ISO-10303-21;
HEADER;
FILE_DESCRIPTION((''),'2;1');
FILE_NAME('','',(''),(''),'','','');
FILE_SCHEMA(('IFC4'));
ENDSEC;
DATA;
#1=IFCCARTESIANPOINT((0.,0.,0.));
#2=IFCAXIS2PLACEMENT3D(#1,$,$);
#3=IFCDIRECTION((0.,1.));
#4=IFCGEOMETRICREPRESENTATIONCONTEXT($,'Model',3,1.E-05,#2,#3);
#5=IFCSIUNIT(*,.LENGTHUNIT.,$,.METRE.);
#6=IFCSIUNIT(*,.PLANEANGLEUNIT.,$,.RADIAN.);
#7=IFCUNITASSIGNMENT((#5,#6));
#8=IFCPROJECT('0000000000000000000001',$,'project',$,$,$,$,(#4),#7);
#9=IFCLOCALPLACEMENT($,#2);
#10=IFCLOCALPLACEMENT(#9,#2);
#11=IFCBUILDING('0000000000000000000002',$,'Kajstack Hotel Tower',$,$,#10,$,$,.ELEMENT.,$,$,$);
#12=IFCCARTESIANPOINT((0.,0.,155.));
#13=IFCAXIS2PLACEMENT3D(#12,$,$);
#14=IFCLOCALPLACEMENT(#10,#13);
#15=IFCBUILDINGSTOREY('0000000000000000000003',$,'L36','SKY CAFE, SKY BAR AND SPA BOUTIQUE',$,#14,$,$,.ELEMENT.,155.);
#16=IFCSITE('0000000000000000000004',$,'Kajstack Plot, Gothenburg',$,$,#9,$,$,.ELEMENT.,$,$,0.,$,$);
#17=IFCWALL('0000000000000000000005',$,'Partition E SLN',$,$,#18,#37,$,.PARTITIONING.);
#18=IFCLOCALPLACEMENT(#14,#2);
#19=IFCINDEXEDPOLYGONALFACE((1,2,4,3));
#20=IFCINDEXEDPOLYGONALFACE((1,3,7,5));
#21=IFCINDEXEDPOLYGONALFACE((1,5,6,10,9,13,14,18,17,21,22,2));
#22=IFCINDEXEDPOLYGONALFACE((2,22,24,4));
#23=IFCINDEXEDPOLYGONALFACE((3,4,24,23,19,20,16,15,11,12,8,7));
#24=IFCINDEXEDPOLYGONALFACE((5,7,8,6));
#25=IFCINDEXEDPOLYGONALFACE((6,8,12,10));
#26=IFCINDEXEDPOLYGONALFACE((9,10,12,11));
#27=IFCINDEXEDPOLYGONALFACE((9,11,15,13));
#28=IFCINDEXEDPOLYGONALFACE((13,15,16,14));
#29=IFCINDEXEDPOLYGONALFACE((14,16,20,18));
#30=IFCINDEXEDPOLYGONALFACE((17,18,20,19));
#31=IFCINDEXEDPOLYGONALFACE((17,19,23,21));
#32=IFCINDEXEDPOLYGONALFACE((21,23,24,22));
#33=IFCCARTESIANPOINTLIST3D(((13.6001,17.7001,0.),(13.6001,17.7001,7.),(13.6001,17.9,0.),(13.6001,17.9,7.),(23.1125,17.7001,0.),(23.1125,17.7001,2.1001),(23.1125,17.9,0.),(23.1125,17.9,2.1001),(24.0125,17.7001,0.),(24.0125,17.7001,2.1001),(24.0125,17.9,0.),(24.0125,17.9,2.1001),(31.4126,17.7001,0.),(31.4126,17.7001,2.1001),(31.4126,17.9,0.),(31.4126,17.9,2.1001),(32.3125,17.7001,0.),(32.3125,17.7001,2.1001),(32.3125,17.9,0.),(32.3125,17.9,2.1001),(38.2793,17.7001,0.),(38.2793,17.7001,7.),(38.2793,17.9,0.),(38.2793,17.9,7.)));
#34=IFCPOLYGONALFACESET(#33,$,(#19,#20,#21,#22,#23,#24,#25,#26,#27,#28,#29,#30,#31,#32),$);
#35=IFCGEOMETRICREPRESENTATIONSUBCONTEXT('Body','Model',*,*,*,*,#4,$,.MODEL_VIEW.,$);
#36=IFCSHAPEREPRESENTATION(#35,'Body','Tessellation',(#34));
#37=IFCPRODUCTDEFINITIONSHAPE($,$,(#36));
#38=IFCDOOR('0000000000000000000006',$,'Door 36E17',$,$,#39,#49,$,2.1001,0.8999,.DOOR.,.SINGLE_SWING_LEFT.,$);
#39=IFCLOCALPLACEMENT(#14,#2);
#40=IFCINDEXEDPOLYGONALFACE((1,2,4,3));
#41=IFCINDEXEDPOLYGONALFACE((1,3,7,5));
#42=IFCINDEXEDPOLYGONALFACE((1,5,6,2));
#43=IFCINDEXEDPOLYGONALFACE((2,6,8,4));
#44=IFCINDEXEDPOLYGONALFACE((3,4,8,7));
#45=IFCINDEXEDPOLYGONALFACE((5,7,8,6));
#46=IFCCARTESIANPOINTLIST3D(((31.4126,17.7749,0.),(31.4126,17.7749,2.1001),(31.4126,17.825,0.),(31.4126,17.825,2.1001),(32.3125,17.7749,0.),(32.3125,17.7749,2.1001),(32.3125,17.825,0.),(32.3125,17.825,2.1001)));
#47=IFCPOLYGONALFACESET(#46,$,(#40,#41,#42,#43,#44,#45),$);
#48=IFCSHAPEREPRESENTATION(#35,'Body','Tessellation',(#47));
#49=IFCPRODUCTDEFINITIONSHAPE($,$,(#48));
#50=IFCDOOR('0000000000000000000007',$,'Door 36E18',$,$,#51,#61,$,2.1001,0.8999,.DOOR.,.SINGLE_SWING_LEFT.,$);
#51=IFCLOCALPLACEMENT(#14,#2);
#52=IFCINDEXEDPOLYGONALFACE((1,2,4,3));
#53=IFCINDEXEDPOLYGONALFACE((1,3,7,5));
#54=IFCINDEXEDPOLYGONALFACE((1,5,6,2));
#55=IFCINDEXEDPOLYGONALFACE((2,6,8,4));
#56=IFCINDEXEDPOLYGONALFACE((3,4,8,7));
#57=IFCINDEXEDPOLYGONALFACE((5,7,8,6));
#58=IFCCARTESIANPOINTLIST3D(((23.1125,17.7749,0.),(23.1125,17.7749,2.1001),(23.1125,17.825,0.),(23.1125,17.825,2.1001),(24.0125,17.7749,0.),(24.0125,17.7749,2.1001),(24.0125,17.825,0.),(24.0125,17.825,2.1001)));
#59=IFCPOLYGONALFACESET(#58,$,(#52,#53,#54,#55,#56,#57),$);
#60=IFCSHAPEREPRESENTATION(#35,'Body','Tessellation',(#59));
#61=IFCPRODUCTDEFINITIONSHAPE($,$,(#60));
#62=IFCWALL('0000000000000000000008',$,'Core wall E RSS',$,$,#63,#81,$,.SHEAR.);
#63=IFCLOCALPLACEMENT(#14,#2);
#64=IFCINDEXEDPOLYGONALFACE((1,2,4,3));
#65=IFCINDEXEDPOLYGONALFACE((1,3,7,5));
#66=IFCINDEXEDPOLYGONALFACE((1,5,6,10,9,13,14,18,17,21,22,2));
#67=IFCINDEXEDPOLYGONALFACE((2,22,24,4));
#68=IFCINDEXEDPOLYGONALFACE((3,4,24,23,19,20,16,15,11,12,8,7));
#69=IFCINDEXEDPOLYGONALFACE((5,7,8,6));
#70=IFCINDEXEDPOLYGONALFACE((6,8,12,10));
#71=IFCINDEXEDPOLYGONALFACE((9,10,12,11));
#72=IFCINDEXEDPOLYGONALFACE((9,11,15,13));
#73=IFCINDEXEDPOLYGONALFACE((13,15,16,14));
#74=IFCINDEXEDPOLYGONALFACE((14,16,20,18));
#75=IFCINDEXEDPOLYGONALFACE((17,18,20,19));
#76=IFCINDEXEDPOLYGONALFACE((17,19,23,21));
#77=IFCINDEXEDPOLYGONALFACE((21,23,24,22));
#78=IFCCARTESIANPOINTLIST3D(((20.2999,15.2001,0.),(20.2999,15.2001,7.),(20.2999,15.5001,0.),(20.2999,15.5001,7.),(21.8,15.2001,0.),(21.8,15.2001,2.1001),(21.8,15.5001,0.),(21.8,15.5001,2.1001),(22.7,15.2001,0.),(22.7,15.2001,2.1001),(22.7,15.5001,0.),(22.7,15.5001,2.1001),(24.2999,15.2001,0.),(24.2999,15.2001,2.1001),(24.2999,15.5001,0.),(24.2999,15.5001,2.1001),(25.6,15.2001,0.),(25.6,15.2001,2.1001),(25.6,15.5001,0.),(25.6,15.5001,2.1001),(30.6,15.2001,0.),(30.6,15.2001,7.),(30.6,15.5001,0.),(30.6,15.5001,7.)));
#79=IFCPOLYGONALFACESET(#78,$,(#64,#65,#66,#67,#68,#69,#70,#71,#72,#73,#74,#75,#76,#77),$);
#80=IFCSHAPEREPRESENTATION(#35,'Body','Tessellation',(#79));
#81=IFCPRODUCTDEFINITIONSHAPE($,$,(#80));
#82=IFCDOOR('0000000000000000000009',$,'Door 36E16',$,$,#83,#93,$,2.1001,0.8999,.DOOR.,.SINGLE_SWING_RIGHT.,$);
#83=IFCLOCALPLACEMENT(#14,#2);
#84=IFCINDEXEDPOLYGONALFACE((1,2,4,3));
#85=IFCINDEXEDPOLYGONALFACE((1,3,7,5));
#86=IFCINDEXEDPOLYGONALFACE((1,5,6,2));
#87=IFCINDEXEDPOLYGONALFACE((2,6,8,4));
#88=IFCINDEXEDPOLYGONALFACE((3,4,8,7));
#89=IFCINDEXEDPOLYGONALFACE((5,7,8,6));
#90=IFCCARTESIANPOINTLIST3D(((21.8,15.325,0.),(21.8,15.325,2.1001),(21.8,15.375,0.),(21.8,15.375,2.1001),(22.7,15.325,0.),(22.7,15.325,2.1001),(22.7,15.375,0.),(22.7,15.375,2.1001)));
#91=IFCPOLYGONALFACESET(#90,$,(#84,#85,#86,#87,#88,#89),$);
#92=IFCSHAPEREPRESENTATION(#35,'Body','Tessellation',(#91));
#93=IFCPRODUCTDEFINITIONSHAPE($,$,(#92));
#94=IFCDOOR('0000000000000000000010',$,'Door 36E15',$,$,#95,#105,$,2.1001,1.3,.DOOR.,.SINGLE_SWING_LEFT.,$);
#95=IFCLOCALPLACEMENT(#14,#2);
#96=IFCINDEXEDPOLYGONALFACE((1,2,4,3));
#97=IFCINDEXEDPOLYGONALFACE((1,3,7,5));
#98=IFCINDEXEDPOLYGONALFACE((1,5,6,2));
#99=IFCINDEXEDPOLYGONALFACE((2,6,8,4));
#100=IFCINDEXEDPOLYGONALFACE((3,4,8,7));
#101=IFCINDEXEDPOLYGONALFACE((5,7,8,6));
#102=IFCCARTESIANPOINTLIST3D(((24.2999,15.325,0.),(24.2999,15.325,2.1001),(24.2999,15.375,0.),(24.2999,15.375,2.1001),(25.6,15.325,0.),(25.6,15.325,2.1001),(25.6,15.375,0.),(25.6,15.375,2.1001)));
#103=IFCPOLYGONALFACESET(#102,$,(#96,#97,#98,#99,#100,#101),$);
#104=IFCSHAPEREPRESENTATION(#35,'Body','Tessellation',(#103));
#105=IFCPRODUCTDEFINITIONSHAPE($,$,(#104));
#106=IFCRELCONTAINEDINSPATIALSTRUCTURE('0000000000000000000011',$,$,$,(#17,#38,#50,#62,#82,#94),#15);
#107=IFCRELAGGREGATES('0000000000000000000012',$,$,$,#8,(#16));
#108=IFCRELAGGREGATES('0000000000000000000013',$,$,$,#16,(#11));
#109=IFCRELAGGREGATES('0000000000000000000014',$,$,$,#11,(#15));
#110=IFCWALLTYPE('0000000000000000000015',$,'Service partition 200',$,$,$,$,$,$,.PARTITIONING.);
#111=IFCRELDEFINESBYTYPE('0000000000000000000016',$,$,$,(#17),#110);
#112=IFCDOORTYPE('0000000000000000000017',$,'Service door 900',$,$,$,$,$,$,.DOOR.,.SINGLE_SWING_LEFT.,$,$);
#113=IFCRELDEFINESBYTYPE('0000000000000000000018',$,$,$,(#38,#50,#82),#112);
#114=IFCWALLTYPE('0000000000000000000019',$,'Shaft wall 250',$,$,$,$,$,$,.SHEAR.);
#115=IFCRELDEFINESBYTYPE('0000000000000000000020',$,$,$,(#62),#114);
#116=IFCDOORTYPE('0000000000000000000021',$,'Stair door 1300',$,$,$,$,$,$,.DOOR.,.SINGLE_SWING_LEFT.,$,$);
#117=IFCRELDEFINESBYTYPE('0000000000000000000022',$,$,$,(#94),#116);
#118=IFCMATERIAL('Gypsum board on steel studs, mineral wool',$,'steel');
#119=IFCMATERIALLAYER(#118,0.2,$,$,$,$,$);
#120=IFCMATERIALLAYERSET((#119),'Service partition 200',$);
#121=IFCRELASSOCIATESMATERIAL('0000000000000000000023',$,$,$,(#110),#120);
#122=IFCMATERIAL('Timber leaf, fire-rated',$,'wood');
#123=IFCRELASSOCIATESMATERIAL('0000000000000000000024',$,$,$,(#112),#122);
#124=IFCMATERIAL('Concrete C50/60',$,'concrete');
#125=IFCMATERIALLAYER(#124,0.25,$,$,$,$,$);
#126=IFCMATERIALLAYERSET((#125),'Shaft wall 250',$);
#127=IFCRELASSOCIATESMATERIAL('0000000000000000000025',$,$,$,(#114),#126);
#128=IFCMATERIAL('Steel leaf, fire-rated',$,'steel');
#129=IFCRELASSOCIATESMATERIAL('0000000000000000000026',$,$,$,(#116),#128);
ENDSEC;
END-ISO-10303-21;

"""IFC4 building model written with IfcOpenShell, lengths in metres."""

from ifc_helpers import new_model, si_unit, direction, frame, frame_2d, origin, place, context, subcontext, project, spatial, rectangle, extrude, material, layer, layer_set, type_object, element, fill, save


model = new_model("IFC4")

# Units and contexts
model_context = context("Model", 3, precision=1e-05, world=origin(), true_north=direction((0.0, 1.0)))
body_context = subcontext(model_context, "Body", "Model", "MODEL_VIEW")
ifc_project = project(units=[si_unit("LENGTHUNIT", "METRE"), si_unit("PLANEANGLEUNIT", "RADIAN")], contexts=[model_context])

# Site, building, storey
site_placement = place(None, origin())
site = spatial("IfcSite", under=ifc_project, at=site_placement, Name="Kajstack Plot, Gothenburg", CompositionType="ELEMENT", RefElevation=0.0)
building_placement = place(site_placement, origin())
building = spatial("IfcBuilding", under=site, at=building_placement, Name="Kajstack Hotel Tower", CompositionType="ELEMENT")
storey_placement = place(building_placement, frame((0.0, 0.0, 155.0)))
storey = spatial("IfcBuildingStorey", under=building, at=storey_placement, Name="L36", Description="SKY CAFE, SKY BAR AND SPA BOUTIQUE", CompositionType="ELEMENT", Elevation=155.0)

# Shared definitions
ifc_material_1 = material(Name="Concrete C50/60", Category="concrete")

# Shared definitions
ifc_material_2 = material(Name="Gypsum board on steel studs, mineral wool", Category="steel")
ifc_layer_1 = layer(ifc_material_2, 0.2)
ifc_layer_set_1 = layer_set([ifc_layer_1], Name="Service partition 200")
wall_type_1 = type_object("IfcWallType", Name="Service partition 200", PredefinedType="PARTITIONING", material=ifc_layer_set_1)

# Walls, openings, doors
wall_1_placement = place(storey_placement, frame((13.6001, 17.8, 0.0), z_axis=(0.0, 0.0, 1.0), x_axis=(1.0, 0.0, 0.0)))
wall_1 = element("IfcWall", 1, at=wall_1_placement, inside=storey, type_object=wall_type_1, Name="Partition E SLN", PredefinedType="PARTITIONING", context=body_context, shape_type="SweptSolid", body=[
    extrude(rectangle(XDim=24.6792, YDim=0.2, at=frame_2d((12.3396, 0.0))), origin(), (0.0, 0.0, 1.0), 7.0),
])
opening_1_placement = place(wall_1_placement, frame((17.8125, 0.0, 0.0)))
opening_1 = element("IfcOpeningElement", 2, at=opening_1_placement, cuts=wall_1, PredefinedType="OPENING", context=body_context, shape_type="SweptSolid", body=[
    extrude(rectangle(XDim=0.8999, YDim=2.1001, at=frame_2d((0.45, 1.05))), frame((0.0, 0.1099, 0.0), z_axis=(0.0, -1.0, 0.0), x_axis=(1.0, 0.0, 0.0)), (0.0, 0.0, 1.0), 0.22),
])
opening_2_placement = place(wall_1_placement, frame((9.5125, 0.0, 0.0)))
opening_2 = element("IfcOpeningElement", 3, at=opening_2_placement, cuts=wall_1, PredefinedType="OPENING", context=body_context, shape_type="SweptSolid", body=[
    extrude(rectangle(XDim=0.8999, YDim=2.1001, at=frame_2d((0.45, 1.05))), frame((0.0, 0.1099, 0.0), z_axis=(0.0, -1.0, 0.0), x_axis=(1.0, 0.0, 0.0)), (0.0, 0.0, 1.0), 0.22),
])
ifc_material_3 = material(Name="Timber leaf, fire-rated", Category="wood")
door_type_1 = type_object("IfcDoorType", Name="Service door 900", OperationType="SINGLE_SWING_LEFT", PredefinedType="DOOR", material=ifc_material_3)
door_1_placement = place(opening_1_placement, origin())
door_1 = element("IfcDoor", 4, at=door_1_placement, inside=storey, type_object=door_type_1, Name="Door 36E17", OperationType="SINGLE_SWING_LEFT", OverallHeight=2.1001, OverallWidth=0.8999, PredefinedType="DOOR", context=body_context, shape_type="SweptSolid", body=[
    extrude(rectangle(XDim=0.8999, YDim=2.1001, at=frame_2d((0.45, 1.05))), frame((0.0, 0.0249, 0.0), z_axis=(0.0, -1.0, 0.0), x_axis=(1.0, 0.0, 0.0)), (0.0, 0.0, 1.0), 0.05),
])
fill(opening_1, door_1)
door_2_placement = place(opening_2_placement, origin())
door_2 = element("IfcDoor", 5, at=door_2_placement, inside=storey, type_object=door_type_1, Name="Door 36E18", OperationType="SINGLE_SWING_LEFT", OverallHeight=2.1001, OverallWidth=0.8999, PredefinedType="DOOR", context=body_context, shape_type="SweptSolid", body=[
    extrude(rectangle(XDim=0.8999, YDim=2.1001, at=frame_2d((0.45, 1.05))), frame((0.0, 0.0249, 0.0), z_axis=(0.0, -1.0, 0.0), x_axis=(1.0, 0.0, 0.0)), (0.0, 0.0, 1.0), 0.05),
])
fill(opening_2, door_2)
ifc_layer_2 = layer(ifc_material_1, 0.25)
ifc_layer_set_2 = layer_set([ifc_layer_2], Name="Shaft wall 250")
wall_type_2 = type_object("IfcWallType", Name="Shaft wall 250", PredefinedType="SHEAR", material=ifc_layer_set_2)
wall_2_placement = place(storey_placement, frame((20.3, 15.3501, 0.0), z_axis=(0.0, 0.0, 1.0), x_axis=(1.0, 0.0, 0.0)))
wall_2 = element("IfcWall", 6, at=wall_2_placement, inside=storey, type_object=wall_type_2, Name="Core wall E RSS", PredefinedType="SHEAR", context=body_context, shape_type="SweptSolid", body=[
    extrude(rectangle(XDim=10.3, YDim=0.3, at=frame_2d((5.1499, 0.0))), origin(), (0.0, 0.0, 1.0), 7.0),
])
opening_3_placement = place(wall_2_placement, frame((4.0, 0.0, 0.0)))
opening_3 = element("IfcOpeningElement", 7, at=opening_3_placement, cuts=wall_2, PredefinedType="OPENING", context=body_context, shape_type="SweptSolid", body=[
    extrude(rectangle(XDim=1.3, YDim=2.1001, at=frame_2d((0.6499, 1.05))), frame((0.0, 0.1599, 0.0), z_axis=(0.0, -1.0, 0.0), x_axis=(1.0, 0.0, 0.0)), (0.0, 0.0, 1.0), 0.3201),
])
opening_4_placement = place(wall_2_placement, frame((1.5, 0.0, 0.0)))
opening_4 = element("IfcOpeningElement", 8, at=opening_4_placement, cuts=wall_2, PredefinedType="OPENING", context=body_context, shape_type="SweptSolid", body=[
    extrude(rectangle(XDim=0.8999, YDim=2.1001, at=frame_2d((0.45, 1.05))), frame((0.0, 0.1599, 0.0), z_axis=(0.0, -1.0, 0.0), x_axis=(1.0, 0.0, 0.0)), (0.0, 0.0, 1.0), 0.3201),
])
door_3_placement = place(opening_4_placement, origin())
door_3 = element("IfcDoor", 9, at=door_3_placement, inside=storey, type_object=door_type_1, Name="Door 36E16", OperationType="SINGLE_SWING_RIGHT", OverallHeight=2.1001, OverallWidth=0.8999, PredefinedType="DOOR", context=body_context, shape_type="SweptSolid", body=[
    extrude(rectangle(XDim=0.8999, YDim=2.1001, at=frame_2d((0.45, 1.05))), frame((0.0, 0.0249, 0.0), z_axis=(0.0, -1.0, 0.0), x_axis=(1.0, 0.0, 0.0)), (0.0, 0.0, 1.0), 0.05),
])
fill(opening_4, door_3)
ifc_material_4 = material(Name="Steel leaf, fire-rated", Category="steel")
door_type_2 = type_object("IfcDoorType", Name="Stair door 1300", OperationType="SINGLE_SWING_LEFT", PredefinedType="DOOR", material=ifc_material_4)
door_4_placement = place(opening_3_placement, origin())
door_4 = element("IfcDoor", 10, at=door_4_placement, inside=storey, type_object=door_type_2, Name="Door 36E15", OperationType="SINGLE_SWING_LEFT", OverallHeight=2.1001, OverallWidth=1.3, PredefinedType="DOOR", context=body_context, shape_type="SweptSolid", body=[
    extrude(rectangle(XDim=1.3, YDim=2.1001, at=frame_2d((0.6499, 1.05))), frame((0.0, 0.0249, 0.0), z_axis=(0.0, -1.0, 0.0), x_axis=(1.0, 0.0, 0.0)), (0.0, 0.0, 1.0), 0.05),
])
fill(opening_3, door_4)

save(model, "model.ifc")
